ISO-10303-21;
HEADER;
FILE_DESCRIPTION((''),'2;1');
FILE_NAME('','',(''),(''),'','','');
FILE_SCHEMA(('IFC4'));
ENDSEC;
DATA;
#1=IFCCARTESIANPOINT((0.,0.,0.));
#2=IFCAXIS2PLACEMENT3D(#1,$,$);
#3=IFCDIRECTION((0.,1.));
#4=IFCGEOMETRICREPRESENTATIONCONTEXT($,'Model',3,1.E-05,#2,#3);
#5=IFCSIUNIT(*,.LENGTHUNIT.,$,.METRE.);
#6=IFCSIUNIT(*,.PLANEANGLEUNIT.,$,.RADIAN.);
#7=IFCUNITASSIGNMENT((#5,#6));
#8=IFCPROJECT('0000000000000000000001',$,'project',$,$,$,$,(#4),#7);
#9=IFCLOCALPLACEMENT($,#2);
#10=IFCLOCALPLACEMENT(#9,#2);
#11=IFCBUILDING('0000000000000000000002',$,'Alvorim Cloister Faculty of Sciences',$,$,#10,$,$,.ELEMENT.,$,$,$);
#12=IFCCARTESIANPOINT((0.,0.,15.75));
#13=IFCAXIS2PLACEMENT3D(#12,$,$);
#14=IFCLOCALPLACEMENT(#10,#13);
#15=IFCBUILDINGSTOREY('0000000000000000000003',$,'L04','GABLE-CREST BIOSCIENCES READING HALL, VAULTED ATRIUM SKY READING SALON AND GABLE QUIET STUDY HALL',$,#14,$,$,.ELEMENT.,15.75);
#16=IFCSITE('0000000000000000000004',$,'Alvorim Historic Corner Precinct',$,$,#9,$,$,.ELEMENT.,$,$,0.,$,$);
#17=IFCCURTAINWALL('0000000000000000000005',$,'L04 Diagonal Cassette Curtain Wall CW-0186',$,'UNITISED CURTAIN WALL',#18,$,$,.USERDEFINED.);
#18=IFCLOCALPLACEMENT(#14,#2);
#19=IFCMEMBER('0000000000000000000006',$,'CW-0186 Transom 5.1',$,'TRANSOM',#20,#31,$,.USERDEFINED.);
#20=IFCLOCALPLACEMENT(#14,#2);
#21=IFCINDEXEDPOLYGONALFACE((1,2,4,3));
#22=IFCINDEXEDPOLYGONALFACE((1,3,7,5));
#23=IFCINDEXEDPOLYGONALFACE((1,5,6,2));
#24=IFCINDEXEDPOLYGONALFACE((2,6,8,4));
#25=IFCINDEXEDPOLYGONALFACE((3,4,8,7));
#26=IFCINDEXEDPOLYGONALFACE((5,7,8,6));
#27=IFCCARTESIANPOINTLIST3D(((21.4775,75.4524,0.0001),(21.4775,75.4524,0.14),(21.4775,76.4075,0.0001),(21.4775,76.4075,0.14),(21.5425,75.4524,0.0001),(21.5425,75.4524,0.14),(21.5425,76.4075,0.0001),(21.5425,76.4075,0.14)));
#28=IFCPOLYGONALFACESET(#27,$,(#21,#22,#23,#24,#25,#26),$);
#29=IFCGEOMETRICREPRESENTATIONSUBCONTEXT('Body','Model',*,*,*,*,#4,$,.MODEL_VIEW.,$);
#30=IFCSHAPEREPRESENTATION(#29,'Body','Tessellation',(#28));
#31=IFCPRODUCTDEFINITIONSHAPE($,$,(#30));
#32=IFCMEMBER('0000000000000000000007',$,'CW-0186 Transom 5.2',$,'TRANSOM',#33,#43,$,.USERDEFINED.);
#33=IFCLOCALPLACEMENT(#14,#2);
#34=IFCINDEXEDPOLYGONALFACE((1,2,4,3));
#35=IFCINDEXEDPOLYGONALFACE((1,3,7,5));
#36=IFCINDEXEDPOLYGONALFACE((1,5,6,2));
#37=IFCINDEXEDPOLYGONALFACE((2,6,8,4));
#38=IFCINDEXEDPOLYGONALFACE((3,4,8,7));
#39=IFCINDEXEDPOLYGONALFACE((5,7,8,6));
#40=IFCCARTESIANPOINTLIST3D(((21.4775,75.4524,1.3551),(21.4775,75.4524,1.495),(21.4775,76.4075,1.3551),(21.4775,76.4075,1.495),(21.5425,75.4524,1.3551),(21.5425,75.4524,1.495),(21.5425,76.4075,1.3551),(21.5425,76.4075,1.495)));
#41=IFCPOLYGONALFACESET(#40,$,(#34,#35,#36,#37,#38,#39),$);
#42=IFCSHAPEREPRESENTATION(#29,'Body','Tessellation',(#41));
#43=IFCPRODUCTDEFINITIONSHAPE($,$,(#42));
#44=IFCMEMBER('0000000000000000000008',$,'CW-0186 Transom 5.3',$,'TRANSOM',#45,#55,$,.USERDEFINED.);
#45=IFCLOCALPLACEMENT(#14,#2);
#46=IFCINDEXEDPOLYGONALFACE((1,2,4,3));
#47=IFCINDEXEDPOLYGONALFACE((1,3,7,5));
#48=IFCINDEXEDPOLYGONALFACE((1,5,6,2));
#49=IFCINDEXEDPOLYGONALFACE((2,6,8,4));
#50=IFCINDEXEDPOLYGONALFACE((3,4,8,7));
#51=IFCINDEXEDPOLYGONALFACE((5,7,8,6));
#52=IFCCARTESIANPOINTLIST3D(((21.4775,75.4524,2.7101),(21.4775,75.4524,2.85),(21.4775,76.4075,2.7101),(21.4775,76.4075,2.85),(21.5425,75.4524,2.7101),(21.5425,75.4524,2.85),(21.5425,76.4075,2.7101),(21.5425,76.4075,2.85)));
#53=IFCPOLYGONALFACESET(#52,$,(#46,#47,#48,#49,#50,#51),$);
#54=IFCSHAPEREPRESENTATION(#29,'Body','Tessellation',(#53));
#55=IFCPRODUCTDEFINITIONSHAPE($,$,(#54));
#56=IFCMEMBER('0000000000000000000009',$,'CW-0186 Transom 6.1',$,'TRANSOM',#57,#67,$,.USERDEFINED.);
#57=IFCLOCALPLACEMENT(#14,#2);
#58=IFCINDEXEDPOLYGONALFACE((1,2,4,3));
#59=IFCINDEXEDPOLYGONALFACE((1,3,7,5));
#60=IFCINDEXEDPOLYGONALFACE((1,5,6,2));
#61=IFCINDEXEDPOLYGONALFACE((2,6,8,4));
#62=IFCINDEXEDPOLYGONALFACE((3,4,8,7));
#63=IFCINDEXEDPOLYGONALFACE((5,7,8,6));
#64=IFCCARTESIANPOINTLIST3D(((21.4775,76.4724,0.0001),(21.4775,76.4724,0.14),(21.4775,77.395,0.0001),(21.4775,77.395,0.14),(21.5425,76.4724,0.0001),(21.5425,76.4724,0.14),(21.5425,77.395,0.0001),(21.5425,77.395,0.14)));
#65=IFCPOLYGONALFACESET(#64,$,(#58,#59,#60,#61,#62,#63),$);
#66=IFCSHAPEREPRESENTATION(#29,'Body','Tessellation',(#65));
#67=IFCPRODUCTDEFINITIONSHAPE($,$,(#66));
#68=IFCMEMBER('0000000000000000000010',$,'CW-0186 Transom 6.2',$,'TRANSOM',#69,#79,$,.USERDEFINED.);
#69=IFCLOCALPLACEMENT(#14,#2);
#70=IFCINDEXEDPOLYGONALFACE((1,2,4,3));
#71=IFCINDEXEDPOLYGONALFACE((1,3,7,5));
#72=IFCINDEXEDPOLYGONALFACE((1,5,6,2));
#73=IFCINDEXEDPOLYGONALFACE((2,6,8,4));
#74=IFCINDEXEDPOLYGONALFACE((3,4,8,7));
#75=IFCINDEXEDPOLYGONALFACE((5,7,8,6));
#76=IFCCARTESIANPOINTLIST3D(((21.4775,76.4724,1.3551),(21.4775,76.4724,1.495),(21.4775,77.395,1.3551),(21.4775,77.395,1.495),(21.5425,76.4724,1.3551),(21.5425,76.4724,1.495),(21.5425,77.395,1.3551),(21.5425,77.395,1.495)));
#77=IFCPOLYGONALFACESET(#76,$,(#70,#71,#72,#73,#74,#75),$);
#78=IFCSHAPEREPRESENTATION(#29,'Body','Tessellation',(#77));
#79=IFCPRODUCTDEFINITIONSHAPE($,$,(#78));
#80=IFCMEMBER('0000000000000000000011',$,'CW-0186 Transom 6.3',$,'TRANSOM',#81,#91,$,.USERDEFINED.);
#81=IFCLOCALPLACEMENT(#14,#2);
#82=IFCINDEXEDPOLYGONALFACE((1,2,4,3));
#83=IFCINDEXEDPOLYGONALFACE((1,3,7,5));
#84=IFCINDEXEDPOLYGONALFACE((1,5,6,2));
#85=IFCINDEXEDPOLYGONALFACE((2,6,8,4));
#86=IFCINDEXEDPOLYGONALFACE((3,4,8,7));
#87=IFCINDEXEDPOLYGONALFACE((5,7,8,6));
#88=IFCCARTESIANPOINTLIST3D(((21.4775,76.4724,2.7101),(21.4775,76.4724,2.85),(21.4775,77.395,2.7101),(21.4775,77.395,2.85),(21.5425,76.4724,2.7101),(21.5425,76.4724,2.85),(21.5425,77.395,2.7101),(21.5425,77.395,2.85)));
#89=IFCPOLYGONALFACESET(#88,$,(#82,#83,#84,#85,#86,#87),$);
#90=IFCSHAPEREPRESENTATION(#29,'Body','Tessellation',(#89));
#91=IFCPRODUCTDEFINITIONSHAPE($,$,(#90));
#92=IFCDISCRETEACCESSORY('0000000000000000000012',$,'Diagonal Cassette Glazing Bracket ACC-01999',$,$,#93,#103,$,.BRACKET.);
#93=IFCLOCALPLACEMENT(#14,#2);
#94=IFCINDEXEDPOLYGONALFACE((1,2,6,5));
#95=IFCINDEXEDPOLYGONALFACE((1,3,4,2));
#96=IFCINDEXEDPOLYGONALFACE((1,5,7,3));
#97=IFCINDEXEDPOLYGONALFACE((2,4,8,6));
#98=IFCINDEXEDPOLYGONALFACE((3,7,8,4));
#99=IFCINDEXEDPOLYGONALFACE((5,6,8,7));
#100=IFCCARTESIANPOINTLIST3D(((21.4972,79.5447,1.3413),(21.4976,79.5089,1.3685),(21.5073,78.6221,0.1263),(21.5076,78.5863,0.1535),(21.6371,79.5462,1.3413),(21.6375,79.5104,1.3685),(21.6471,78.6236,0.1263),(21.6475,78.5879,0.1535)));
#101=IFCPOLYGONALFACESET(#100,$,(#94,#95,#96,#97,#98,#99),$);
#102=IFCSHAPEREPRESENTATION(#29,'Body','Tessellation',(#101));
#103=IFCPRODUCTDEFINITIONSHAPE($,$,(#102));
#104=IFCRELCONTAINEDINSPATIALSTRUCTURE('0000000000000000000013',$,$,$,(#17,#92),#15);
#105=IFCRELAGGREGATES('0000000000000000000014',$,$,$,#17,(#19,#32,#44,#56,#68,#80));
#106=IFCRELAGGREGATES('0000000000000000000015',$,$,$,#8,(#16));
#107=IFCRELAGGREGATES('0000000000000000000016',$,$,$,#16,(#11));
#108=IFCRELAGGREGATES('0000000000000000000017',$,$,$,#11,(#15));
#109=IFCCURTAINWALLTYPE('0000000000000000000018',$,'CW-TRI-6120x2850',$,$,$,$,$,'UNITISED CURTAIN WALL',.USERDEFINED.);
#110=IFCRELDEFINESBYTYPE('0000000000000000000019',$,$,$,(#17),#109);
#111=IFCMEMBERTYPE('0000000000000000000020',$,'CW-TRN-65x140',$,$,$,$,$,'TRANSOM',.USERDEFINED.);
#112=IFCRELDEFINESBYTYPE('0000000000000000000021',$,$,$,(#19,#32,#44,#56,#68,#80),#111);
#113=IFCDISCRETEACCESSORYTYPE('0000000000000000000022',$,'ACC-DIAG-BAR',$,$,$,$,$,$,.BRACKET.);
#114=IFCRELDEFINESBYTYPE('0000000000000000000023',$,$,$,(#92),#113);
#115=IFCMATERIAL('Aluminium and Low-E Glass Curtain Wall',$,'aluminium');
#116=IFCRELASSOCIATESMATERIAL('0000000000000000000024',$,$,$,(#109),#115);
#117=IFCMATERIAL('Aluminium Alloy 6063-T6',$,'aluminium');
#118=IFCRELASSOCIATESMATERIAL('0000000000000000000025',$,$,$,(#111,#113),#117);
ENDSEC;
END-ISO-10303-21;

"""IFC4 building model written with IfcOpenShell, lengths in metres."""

from ifc_helpers import new_model, si_unit, direction, frame, origin, origin_2d, place, context, subcontext, project, spatial, rectangle, extrude, material, material_profile, profile_set, type_object, element, aggregate, save


model = new_model("IFC4")

# Units and contexts
model_context = context("Model", 3, precision=1e-05, world=origin(), true_north=direction((0.0, 1.0)))
body_context = subcontext(model_context, "Body", "Model", "MODEL_VIEW")
ifc_project = project(units=[si_unit("LENGTHUNIT", "METRE"), si_unit("PLANEANGLEUNIT", "RADIAN")], contexts=[model_context])

# Site, building, storey
site_placement = place(None, origin())
site = spatial("IfcSite", under=ifc_project, at=site_placement, Name="Alvorim Historic Corner Precinct", CompositionType="ELEMENT", RefElevation=0.0)
building_placement = place(site_placement, origin())
building = spatial("IfcBuilding", under=site, at=building_placement, Name="Alvorim Cloister Faculty of Sciences", CompositionType="ELEMENT")
storey_placement = place(building_placement, frame((0.0, 0.0, 15.75)))
storey = spatial("IfcBuildingStorey", under=building, at=storey_placement, Name="L04", Description="GABLE-CREST BIOSCIENCES READING HALL, VAULTED ATRIUM SKY READING SALON AND GABLE QUIET STUDY HALL", CompositionType="ELEMENT", Elevation=15.75)

# Shared definitions
ifc_material_1 = material(Name="Aluminium and Low-E Glass Curtain Wall", Category="aluminium")
curtain_wall_type = type_object("IfcCurtainWallType", Name="CW-TRI-6120x2850", ElementType="UNITISED CURTAIN WALL", PredefinedType="USERDEFINED", material=ifc_material_1)
ifc_material_2 = material(Name="Aluminium Alloy 6063-T6", Category="aluminium")

# Curtain wall
curtain_wall_1_placement = place(storey_placement, origin())
curtain_wall_1 = element("IfcCurtainWall", 1, at=curtain_wall_1_placement, inside=storey, type_object=curtain_wall_type, Name="L04 Diagonal Cassette Curtain Wall CW-0186", ObjectType="UNITISED CURTAIN WALL", PredefinedType="USERDEFINED")

# Members
ifc_material_profile_1 = material_profile(ifc_material_2, rectangle(XDim=0.0649, YDim=0.1399, at=origin_2d()), Name="ALU-TRN-65x140")
ifc_profile_set_1 = profile_set([ifc_material_profile_1], Name="Aluminium Alloy 6063-T6")
member_type_1 = type_object("IfcMemberType", Name="CW-TRN-65x140", ElementType="TRANSOM", PredefinedType="USERDEFINED", material=ifc_profile_set_1)
member_1_placement = place(storey_placement, frame((21.51, 75.4524, 0.0701), z_axis=(0.0, 1.0, 0.0), x_axis=(-1.0, 0.0, 0.0)))
member_1 = element("IfcMember", 2, at=member_1_placement, type_object=member_type_1, Name="CW-0186 Transom 5.1", ObjectType="TRANSOM", PredefinedType="USERDEFINED", context=body_context, shape_type="SweptSolid", body=[
    extrude(rectangle(XDim=0.0649, YDim=0.1399, at=origin_2d()), origin(), (0.0, 0.0, 1.0), 0.9551),
])
member_2_placement = place(storey_placement, frame((21.51, 75.4524, 1.425), z_axis=(0.0, 1.0, 0.0), x_axis=(-1.0, 0.0, 0.0)))
member_2 = element("IfcMember", 3, at=member_2_placement, type_object=member_type_1, Name="CW-0186 Transom 5.2", ObjectType="TRANSOM", PredefinedType="USERDEFINED", context=body_context, shape_type="SweptSolid", body=[
    extrude(rectangle(XDim=0.0649, YDim=0.1399, at=origin_2d()), origin(), (0.0, 0.0, 1.0), 0.9551),
])
member_3_placement = place(storey_placement, frame((21.51, 75.4524, 2.78), z_axis=(0.0, 1.0, 0.0), x_axis=(-1.0, 0.0, 0.0)))
member_3 = element("IfcMember", 4, at=member_3_placement, type_object=member_type_1, Name="CW-0186 Transom 5.3", ObjectType="TRANSOM", PredefinedType="USERDEFINED", context=body_context, shape_type="SweptSolid", body=[
    extrude(rectangle(XDim=0.0649, YDim=0.1399, at=origin_2d()), origin(), (0.0, 0.0, 1.0), 0.9551),
])
member_4_placement = place(storey_placement, frame((21.51, 76.4724, 0.0701), z_axis=(0.0, 1.0, 0.0), x_axis=(-1.0, 0.0, 0.0)))
member_4 = element("IfcMember", 5, at=member_4_placement, type_object=member_type_1, Name="CW-0186 Transom 6.1", ObjectType="TRANSOM", PredefinedType="USERDEFINED", context=body_context, shape_type="SweptSolid", body=[
    extrude(rectangle(XDim=0.0649, YDim=0.1399, at=origin_2d()), origin(), (0.0, 0.0, 1.0), 0.9226),
])
member_5_placement = place(storey_placement, frame((21.51, 76.4724, 1.425), z_axis=(0.0, 1.0, 0.0), x_axis=(-1.0, 0.0, 0.0)))
member_5 = element("IfcMember", 6, at=member_5_placement, type_object=member_type_1, Name="CW-0186 Transom 6.2", ObjectType="TRANSOM", PredefinedType="USERDEFINED", context=body_context, shape_type="SweptSolid", body=[
    extrude(rectangle(XDim=0.0649, YDim=0.1399, at=origin_2d()), origin(), (0.0, 0.0, 1.0), 0.9226),
])
member_6_placement = place(storey_placement, frame((21.51, 76.4724, 2.78), z_axis=(0.0, 1.0, 0.0), x_axis=(-1.0, 0.0, 0.0)))
member_6 = element("IfcMember", 7, at=member_6_placement, type_object=member_type_1, Name="CW-0186 Transom 6.3", ObjectType="TRANSOM", PredefinedType="USERDEFINED", context=body_context, shape_type="SweptSolid", body=[
    extrude(rectangle(XDim=0.0649, YDim=0.1399, at=origin_2d()), origin(), (0.0, 0.0, 1.0), 0.9226),
])
aggregate(curtain_wall_1, [member_1, member_2, member_3, member_4, member_5, member_6])

# Discrete accessory
discrete_accessory_type = type_object("IfcDiscreteAccessoryType", Name="ACC-DIAG-BAR", PredefinedType="BRACKET", material=ifc_material_2)
discrete_accessory_placement = place(storey_placement, frame((21.5774, 78.605, 0.1399), z_axis=(-0.006561, 0.604713, 0.796416), x_axis=(-0.999941, -0.010849, 0.0)))
element("IfcDiscreteAccessory", 8, at=discrete_accessory_placement, inside=storey, type_object=discrete_accessory_type, Name="Diagonal Cassette Glazing Bracket ACC-01999", PredefinedType="BRACKET", context=body_context, shape_type="SweptSolid", body=[
    extrude(rectangle(XDim=0.1399, YDim=0.0449, at=origin_2d()), origin(), (0.0, 0.0, 1.0), 1.5256),
])

save(model, "model.ifc")
